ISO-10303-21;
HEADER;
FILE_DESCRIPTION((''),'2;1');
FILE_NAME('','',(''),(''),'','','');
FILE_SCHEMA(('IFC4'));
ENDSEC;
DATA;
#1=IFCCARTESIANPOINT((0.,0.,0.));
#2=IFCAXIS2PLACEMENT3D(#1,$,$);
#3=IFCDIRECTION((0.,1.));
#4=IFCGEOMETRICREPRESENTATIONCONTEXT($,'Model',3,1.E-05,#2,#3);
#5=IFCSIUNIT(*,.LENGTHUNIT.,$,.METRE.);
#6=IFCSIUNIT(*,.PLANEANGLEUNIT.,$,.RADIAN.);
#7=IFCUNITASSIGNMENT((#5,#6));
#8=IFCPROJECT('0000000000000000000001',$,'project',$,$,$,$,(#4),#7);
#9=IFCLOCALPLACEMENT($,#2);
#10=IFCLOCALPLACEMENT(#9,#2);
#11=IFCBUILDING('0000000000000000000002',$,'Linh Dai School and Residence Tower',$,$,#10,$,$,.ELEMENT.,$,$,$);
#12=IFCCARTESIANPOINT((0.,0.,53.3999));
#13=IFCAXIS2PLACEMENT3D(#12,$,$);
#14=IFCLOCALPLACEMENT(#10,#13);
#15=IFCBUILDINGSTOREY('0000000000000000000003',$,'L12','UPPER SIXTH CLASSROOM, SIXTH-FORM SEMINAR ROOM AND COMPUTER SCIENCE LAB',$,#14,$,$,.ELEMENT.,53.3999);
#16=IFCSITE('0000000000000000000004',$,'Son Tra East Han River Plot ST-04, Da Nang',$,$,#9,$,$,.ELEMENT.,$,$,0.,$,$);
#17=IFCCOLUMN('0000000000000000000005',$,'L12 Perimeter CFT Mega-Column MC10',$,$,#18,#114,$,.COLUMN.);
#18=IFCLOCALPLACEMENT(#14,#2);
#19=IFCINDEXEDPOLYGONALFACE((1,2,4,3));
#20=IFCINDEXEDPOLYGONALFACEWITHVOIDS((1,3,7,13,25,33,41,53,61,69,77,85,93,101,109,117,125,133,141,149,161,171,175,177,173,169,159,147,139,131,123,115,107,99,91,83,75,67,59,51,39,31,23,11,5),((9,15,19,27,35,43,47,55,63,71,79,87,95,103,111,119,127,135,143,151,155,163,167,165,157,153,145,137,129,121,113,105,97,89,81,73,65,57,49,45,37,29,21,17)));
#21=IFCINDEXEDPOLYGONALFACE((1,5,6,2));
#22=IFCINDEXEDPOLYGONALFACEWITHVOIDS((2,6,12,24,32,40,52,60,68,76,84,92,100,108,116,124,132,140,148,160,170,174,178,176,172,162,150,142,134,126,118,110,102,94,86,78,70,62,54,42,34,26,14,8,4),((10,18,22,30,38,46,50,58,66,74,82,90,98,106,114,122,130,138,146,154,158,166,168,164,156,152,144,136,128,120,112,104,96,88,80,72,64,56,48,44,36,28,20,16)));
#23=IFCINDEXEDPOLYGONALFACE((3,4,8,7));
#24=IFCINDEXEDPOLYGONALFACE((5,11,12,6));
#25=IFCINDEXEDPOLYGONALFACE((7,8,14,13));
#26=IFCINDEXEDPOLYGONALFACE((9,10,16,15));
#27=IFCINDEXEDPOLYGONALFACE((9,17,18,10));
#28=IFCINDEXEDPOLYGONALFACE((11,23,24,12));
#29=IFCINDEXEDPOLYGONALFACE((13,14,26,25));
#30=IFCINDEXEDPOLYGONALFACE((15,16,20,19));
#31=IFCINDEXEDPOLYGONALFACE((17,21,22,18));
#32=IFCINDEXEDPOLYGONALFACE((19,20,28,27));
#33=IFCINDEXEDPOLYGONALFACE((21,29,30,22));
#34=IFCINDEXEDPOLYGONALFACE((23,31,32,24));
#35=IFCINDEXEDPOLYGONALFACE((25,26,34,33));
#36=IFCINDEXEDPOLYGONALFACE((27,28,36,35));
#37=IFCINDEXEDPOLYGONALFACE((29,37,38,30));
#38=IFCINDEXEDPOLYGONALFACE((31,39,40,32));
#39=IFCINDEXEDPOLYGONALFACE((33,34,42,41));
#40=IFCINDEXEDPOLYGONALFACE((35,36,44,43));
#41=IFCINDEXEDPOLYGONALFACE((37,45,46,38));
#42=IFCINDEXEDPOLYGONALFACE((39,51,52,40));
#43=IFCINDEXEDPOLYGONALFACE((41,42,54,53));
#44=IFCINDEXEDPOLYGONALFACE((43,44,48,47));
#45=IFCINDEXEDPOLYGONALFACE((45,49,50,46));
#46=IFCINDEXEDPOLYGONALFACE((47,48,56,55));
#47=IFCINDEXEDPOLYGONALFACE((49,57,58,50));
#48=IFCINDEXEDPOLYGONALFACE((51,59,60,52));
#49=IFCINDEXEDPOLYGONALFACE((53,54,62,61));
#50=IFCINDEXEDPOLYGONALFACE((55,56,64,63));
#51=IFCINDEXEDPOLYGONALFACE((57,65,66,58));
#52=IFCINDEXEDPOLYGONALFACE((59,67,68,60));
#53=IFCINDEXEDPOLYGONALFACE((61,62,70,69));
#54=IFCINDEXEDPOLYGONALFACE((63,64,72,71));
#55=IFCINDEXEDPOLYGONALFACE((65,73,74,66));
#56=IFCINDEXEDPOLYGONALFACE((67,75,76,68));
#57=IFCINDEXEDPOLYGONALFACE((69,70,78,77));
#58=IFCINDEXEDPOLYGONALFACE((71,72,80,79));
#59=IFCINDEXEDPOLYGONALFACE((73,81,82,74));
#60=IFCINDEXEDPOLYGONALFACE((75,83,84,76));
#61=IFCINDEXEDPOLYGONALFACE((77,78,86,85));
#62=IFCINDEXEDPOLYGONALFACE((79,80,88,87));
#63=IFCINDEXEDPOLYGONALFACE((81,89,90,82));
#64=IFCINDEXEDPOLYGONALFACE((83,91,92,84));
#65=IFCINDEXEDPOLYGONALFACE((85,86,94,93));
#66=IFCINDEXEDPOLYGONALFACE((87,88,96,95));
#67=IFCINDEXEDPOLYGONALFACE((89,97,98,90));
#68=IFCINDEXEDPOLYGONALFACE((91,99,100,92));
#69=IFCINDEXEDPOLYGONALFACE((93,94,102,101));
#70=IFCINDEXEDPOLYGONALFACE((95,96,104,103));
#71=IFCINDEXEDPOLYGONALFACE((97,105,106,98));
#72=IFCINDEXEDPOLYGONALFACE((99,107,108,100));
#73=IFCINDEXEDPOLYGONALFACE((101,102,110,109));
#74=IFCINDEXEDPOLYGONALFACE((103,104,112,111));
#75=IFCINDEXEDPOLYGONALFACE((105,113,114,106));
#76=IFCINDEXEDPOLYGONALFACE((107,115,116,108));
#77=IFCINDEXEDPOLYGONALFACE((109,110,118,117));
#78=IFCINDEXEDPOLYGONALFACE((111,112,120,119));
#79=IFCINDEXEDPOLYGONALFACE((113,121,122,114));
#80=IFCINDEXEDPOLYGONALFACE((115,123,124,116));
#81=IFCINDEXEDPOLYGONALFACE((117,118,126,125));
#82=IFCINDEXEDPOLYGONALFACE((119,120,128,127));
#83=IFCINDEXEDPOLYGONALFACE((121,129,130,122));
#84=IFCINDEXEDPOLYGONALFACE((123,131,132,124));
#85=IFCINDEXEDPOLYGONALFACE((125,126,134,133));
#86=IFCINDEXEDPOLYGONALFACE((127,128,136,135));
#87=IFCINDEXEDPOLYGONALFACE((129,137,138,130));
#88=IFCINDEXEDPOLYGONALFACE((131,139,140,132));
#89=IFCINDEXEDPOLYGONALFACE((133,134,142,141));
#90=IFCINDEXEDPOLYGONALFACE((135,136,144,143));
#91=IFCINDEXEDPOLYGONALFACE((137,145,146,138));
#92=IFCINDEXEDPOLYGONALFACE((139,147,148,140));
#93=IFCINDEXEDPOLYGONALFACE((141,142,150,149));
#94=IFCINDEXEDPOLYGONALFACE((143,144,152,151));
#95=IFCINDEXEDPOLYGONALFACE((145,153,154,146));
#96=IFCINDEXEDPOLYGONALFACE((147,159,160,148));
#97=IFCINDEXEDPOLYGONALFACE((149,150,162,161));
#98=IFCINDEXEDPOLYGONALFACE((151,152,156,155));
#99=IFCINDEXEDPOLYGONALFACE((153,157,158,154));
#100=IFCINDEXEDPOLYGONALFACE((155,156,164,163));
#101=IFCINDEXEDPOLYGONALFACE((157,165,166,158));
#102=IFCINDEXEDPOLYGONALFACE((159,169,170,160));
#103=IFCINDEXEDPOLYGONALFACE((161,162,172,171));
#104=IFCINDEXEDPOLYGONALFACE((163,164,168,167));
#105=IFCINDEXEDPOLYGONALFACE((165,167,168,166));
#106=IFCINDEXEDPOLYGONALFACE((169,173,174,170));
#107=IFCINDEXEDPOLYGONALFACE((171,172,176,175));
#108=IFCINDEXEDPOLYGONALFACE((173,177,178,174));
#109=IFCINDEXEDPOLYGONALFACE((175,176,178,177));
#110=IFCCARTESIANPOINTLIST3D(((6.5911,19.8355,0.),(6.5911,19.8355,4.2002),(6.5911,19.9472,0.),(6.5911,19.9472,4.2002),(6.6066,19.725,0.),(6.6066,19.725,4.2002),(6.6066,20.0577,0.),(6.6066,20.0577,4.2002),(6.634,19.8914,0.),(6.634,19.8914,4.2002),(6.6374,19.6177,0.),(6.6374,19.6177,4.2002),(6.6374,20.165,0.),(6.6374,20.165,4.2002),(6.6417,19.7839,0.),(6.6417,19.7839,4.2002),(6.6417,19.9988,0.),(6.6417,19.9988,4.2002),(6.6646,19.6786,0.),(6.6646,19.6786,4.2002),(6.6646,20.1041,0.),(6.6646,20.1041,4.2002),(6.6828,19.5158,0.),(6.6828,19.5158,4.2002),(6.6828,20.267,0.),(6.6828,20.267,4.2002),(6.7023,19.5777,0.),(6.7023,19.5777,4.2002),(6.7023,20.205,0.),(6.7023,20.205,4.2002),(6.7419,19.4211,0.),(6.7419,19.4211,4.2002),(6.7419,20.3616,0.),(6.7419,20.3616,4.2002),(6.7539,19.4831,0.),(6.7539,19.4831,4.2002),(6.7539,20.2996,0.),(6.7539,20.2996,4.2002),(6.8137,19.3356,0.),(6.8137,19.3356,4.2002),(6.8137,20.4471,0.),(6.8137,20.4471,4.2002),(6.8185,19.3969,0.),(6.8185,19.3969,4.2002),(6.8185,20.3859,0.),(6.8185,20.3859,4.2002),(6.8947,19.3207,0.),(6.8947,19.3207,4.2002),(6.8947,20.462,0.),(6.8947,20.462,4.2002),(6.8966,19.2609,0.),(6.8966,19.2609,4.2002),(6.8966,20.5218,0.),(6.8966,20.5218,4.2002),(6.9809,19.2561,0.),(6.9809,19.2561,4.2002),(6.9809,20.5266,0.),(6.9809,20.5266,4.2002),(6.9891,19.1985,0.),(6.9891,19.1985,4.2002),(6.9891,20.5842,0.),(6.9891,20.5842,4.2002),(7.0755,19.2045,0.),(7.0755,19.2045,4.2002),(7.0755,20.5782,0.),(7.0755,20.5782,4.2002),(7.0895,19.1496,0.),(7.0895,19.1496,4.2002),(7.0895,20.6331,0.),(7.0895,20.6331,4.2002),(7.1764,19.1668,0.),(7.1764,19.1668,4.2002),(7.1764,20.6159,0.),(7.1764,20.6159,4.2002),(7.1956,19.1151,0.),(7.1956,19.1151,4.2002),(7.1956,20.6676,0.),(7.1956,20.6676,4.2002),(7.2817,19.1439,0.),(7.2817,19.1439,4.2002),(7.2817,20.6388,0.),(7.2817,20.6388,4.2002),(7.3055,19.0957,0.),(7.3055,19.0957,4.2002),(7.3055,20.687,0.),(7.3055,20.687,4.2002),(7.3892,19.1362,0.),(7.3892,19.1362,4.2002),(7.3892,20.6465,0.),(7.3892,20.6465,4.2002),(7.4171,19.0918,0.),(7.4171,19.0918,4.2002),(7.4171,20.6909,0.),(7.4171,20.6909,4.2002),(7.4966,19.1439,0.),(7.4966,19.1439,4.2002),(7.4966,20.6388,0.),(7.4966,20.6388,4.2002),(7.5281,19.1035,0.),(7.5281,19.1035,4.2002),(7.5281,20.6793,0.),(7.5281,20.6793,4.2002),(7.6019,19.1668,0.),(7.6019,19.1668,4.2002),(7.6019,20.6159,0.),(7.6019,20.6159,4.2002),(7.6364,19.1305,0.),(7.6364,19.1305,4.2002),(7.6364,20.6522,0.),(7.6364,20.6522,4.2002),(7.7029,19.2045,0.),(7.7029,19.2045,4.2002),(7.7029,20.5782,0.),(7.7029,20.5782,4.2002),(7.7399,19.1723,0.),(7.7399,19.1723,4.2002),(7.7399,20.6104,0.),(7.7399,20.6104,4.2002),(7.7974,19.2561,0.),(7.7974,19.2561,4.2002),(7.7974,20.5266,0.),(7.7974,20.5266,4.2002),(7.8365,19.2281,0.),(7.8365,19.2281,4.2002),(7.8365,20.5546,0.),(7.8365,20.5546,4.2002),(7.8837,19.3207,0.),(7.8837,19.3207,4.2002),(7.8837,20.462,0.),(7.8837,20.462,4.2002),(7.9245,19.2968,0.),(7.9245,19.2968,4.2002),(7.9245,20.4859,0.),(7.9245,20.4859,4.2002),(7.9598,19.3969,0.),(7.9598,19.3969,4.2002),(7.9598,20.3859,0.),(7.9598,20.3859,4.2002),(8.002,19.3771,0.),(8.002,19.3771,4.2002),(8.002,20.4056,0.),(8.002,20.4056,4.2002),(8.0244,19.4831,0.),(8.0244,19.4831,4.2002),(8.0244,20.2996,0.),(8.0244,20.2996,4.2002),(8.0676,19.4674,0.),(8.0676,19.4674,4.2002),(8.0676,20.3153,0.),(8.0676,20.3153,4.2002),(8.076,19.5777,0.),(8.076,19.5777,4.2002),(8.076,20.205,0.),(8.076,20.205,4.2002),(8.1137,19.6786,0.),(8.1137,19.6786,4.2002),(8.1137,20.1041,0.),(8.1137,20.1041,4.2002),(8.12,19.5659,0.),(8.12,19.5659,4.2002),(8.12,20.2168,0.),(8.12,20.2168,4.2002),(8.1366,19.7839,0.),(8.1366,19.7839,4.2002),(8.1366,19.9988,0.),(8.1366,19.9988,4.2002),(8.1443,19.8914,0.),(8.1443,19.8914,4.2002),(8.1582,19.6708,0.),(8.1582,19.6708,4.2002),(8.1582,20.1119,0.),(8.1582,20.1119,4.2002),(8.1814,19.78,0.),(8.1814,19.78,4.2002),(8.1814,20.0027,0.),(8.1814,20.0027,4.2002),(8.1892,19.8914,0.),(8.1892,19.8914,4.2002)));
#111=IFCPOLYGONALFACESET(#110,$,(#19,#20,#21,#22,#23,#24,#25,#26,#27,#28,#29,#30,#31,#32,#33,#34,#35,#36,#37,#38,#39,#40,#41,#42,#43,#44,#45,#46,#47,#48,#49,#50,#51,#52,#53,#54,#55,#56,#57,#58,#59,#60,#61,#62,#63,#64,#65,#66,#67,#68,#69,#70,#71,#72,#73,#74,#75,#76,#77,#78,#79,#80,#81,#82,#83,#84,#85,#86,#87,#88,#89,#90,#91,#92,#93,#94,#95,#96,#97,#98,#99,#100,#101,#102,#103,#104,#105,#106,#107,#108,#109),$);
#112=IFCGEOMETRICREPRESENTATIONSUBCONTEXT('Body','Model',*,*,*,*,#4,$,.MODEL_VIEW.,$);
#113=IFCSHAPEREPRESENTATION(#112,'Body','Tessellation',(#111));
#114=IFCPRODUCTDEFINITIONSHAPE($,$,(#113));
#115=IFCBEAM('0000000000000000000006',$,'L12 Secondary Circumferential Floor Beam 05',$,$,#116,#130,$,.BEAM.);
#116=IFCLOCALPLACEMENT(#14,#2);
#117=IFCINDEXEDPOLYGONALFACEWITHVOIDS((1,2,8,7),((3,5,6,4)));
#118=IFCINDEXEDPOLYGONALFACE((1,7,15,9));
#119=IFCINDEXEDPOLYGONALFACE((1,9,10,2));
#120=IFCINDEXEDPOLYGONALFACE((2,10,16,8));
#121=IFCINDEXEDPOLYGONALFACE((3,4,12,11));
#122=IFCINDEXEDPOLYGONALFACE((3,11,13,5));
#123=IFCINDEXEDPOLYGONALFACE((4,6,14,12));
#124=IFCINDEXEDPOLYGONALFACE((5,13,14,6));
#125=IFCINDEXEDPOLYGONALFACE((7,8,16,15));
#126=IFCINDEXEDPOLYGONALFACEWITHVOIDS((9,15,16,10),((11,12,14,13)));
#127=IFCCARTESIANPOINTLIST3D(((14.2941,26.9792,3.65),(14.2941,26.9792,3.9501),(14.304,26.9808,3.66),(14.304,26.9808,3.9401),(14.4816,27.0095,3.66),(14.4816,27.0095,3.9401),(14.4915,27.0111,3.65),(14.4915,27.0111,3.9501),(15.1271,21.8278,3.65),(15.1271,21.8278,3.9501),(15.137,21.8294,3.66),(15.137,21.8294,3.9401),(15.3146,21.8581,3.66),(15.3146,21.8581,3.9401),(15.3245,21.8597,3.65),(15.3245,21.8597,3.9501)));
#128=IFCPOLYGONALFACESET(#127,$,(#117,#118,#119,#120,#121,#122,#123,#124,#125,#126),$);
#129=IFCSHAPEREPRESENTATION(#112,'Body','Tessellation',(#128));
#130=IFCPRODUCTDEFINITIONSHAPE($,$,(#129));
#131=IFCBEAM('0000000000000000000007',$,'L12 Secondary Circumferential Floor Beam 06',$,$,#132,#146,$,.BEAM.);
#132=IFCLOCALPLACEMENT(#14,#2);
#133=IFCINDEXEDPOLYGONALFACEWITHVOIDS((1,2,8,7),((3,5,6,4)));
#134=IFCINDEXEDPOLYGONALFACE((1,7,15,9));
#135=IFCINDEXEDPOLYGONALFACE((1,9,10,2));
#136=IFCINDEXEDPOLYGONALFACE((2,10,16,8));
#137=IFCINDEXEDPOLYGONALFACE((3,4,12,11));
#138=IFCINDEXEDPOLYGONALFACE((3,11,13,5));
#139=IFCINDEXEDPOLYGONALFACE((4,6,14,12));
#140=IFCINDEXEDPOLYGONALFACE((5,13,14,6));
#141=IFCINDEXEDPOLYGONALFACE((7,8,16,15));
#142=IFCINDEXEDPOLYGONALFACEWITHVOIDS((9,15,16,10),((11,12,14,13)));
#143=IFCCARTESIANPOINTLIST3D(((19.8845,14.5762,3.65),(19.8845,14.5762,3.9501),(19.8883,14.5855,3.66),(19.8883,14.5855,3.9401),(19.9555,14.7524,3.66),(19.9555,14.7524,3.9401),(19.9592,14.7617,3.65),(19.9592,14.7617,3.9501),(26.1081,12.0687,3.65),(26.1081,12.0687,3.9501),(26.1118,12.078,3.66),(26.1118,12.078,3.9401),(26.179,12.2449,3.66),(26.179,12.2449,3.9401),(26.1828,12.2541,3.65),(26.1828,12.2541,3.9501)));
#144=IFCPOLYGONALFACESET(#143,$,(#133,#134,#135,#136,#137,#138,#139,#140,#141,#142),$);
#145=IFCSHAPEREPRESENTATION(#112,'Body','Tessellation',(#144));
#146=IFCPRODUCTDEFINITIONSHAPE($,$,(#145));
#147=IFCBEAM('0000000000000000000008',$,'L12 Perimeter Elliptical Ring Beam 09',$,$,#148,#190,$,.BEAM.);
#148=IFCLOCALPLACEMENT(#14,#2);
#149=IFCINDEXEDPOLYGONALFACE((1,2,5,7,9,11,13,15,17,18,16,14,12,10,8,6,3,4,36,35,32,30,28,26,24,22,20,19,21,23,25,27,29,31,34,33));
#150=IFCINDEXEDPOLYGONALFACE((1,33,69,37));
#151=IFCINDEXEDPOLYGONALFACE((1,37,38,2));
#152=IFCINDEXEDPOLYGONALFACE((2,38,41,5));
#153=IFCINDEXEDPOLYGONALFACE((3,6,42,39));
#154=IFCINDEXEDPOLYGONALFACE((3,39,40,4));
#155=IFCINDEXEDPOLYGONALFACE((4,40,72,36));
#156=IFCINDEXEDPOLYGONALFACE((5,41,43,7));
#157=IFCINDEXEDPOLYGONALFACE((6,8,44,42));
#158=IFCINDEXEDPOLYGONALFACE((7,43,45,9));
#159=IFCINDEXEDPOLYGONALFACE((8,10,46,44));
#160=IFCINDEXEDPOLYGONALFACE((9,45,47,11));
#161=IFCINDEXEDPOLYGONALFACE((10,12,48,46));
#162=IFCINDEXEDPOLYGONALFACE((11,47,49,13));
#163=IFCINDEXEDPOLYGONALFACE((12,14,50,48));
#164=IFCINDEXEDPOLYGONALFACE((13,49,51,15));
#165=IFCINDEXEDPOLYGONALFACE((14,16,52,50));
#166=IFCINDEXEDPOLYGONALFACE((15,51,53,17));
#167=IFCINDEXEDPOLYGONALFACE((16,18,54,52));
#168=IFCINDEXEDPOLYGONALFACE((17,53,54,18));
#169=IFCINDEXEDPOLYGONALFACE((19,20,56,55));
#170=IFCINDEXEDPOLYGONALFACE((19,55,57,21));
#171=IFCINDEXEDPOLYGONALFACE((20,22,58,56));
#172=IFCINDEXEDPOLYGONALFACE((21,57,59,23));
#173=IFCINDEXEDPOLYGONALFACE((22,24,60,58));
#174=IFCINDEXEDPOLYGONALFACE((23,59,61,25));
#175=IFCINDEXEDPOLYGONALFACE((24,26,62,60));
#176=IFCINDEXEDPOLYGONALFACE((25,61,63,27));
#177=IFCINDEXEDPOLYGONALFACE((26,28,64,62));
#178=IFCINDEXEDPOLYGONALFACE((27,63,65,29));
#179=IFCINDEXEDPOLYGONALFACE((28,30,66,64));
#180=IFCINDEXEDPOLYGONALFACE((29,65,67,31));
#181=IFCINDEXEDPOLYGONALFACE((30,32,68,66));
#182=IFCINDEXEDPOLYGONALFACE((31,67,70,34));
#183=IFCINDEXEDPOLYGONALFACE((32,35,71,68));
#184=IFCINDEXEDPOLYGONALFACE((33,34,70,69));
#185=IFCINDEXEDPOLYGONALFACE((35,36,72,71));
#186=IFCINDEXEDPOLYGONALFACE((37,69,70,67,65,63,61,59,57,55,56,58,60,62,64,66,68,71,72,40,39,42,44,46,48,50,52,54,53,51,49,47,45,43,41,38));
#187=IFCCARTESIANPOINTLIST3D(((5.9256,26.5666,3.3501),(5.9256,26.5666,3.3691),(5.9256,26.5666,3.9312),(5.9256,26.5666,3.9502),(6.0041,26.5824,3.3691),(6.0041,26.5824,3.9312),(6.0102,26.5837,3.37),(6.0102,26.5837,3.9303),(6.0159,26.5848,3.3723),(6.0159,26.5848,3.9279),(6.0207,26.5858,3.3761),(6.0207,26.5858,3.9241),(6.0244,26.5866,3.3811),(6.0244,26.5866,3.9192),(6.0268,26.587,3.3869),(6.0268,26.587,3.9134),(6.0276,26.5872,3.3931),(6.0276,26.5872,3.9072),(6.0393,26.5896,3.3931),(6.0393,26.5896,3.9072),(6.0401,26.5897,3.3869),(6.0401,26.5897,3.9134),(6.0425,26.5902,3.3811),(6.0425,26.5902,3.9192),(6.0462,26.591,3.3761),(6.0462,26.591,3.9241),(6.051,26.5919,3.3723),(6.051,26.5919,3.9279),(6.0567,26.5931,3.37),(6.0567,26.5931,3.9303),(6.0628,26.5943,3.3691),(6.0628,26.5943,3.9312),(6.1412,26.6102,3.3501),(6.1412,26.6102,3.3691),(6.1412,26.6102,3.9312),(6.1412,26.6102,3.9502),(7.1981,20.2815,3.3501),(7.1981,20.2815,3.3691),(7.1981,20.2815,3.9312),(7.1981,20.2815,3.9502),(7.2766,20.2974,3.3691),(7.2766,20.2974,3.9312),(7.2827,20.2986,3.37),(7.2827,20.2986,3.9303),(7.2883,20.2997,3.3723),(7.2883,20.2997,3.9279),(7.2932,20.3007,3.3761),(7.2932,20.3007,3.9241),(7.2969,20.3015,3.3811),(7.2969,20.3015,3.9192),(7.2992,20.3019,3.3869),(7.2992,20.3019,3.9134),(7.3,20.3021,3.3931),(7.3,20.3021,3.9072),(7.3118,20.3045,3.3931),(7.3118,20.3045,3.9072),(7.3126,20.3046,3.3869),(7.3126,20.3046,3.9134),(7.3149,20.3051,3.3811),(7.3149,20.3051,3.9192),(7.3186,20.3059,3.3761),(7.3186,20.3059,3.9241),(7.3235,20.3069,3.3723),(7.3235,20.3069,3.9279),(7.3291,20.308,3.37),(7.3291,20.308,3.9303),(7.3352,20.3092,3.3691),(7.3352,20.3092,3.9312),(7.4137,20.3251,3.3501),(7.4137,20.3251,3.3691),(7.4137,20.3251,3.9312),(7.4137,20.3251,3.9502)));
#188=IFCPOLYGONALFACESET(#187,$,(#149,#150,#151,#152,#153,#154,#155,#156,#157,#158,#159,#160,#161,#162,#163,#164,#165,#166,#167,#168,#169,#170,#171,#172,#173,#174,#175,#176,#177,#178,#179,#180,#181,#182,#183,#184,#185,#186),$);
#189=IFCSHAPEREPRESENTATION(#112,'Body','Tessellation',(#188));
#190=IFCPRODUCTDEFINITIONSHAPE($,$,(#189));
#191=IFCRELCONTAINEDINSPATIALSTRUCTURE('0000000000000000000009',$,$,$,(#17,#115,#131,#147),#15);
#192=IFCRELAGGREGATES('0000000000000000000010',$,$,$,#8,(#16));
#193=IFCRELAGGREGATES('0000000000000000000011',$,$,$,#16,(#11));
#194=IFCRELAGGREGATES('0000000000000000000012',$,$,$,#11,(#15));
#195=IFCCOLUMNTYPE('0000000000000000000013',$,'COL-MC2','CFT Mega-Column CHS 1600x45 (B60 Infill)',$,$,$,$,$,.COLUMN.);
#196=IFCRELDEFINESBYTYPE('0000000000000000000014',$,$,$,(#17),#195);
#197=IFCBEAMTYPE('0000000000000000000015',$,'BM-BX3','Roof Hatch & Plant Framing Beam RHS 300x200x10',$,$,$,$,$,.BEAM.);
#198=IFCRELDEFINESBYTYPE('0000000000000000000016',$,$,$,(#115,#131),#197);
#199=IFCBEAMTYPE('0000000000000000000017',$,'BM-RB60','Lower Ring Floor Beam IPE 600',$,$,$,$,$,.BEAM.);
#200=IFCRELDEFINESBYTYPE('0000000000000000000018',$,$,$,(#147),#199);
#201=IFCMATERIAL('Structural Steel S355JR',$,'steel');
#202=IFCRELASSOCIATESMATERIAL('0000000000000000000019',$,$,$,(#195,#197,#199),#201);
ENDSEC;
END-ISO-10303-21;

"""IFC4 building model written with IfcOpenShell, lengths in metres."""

from ifc_helpers import new_model, si_unit, direction, frame, origin, origin_2d, place, context, subcontext, project, spatial, hollow_rectangle, hollow_circle, i_section, extrude, material, material_profile, profile_set, type_object, element, save


model = new_model("IFC4")

# Units and contexts
model_context = context("Model", 3, precision=1e-05, world=origin(), true_north=direction((0.0, 1.0)))
body_context = subcontext(model_context, "Body", "Model", "MODEL_VIEW")
ifc_project = project(units=[si_unit("LENGTHUNIT", "METRE"), si_unit("PLANEANGLEUNIT", "RADIAN")], contexts=[model_context])

# Site, building, storey
site_placement = place(None, origin())
site = spatial("IfcSite", under=ifc_project, at=site_placement, Name="Son Tra East Han River Plot ST-04, Da Nang", CompositionType="ELEMENT", RefElevation=0.0)
building_placement = place(site_placement, origin())
building = spatial("IfcBuilding", under=site, at=building_placement, Name="Linh Dai School and Residence Tower", CompositionType="ELEMENT")
storey_placement = place(building_placement, frame((0.0, 0.0, 53.3999)))
storey = spatial("IfcBuildingStorey", under=building, at=storey_placement, Name="L12", Description="UPPER SIXTH CLASSROOM, SIXTH-FORM SEMINAR ROOM AND COMPUTER SCIENCE LAB", CompositionType="ELEMENT", Elevation=53.3999)

# Column
ifc_material_1 = material(Name="Structural Steel S355JR", Category="steel")
ifc_material_profile_1 = material_profile(ifc_material_1, hollow_circle(Radius=0.8, WallThickness=0.0449, at=origin_2d()), Name="CHS 1600x45")
ifc_profile_set_1 = profile_set([ifc_material_profile_1], Name="Structural Steel S355JR")
column_type = type_object("IfcColumnType", Name="COL-MC2", Description="CFT Mega-Column CHS 1600x45 (B60 Infill)", PredefinedType="COLUMN", material=ifc_profile_set_1)
for number, where, z_axis, x_axis, name in (
    (1, (7.3892, 19.8914, 0.0), (0.0, 0.0, 1.0), (1.0, 0.0, 0.0), "L12 Perimeter CFT Mega-Column MC10"),
):
    element("IfcColumn", number, at=place(storey_placement, frame(where, z_axis=z_axis, x_axis=x_axis)), inside=storey, type_object=column_type, Name=name, PredefinedType="COLUMN", context=body_context, shape_type="SweptSolid", body=[
        extrude(hollow_circle(Radius=0.8, WallThickness=0.0449, at=origin_2d()), origin(), (0.0, 0.0, 1.0), 4.2002),
    ])

# Beams
ifc_material_profile_2 = material_profile(ifc_material_1, hollow_rectangle(XDim=0.2, YDim=0.3, WallThickness=0.01, at=origin_2d()), Name="RHS 300x200x10")
ifc_profile_set_2 = profile_set([ifc_material_profile_2], Name="Structural Steel S355JR")
beam_type_1 = type_object("IfcBeamType", Name="BM-BX3", Description="Roof Hatch & Plant Framing Beam RHS 300x200x10", PredefinedType="BEAM", material=ifc_profile_set_2)
beam_1_placement = place(storey_placement, frame((14.3928, 26.9951, 3.8), z_axis=(0.159633, -0.987177, 0.0), x_axis=(0.987177, 0.159633, 0.0)))
element("IfcBeam", 2, at=beam_1_placement, inside=storey, type_object=beam_type_1, Name="L12 Secondary Circumferential Floor Beam 05", PredefinedType="BEAM", context=body_context, shape_type="SweptSolid", body=[
    extrude(hollow_rectangle(XDim=0.2, YDim=0.3, WallThickness=0.01, at=origin_2d()), origin(), (0.0, 0.0, 1.0), 5.2183),
])
beam_2_placement = place(storey_placement, frame((19.9219, 14.6689, 3.8), z_axis=(0.927543, -0.373717, 0.0), x_axis=(0.373717, 0.927543, 0.0)))
element("IfcBeam", 3, at=beam_2_placement, inside=storey, type_object=beam_type_1, Name="L12 Secondary Circumferential Floor Beam 06", PredefinedType="BEAM", context=body_context, shape_type="SweptSolid", body=[
    extrude(hollow_rectangle(XDim=0.2, YDim=0.3, WallThickness=0.01, at=origin_2d()), origin(), (0.0, 0.0, 1.0), 6.7097),
])
ifc_material_profile_3 = material_profile(ifc_material_1, i_section(OverallWidth=0.22, OverallDepth=0.6001, WebThickness=0.012, FlangeThickness=0.019, FilletRadius=0.0239, at=origin_2d()), Name="IPE 600")
ifc_profile_set_3 = profile_set([ifc_material_profile_3], Name="Structural Steel S355JR")
beam_type_2 = type_object("IfcBeamType", Name="BM-RB60", Description="Lower Ring Floor Beam IPE 600", PredefinedType="BEAM", material=ifc_profile_set_3)
beam_3_placement = place(storey_placement, frame((6.0334, 26.5884, 3.6501), z_axis=(0.198429, -0.980115, 0.0), x_axis=(0.980115, 0.198429, 0.0)))
element("IfcBeam", 4, at=beam_3_placement, inside=storey, type_object=beam_type_2, Name="L12 Perimeter Elliptical Ring Beam 09", PredefinedType="BEAM", context=body_context, shape_type="SweptSolid", body=[
    extrude(i_section(OverallWidth=0.22, OverallDepth=0.6001, WebThickness=0.012, FlangeThickness=0.019, FilletRadius=0.0239, at=origin_2d()), origin(), (0.0, 0.0, 1.0), 6.4126),
])

save(model, "model.ifc")
